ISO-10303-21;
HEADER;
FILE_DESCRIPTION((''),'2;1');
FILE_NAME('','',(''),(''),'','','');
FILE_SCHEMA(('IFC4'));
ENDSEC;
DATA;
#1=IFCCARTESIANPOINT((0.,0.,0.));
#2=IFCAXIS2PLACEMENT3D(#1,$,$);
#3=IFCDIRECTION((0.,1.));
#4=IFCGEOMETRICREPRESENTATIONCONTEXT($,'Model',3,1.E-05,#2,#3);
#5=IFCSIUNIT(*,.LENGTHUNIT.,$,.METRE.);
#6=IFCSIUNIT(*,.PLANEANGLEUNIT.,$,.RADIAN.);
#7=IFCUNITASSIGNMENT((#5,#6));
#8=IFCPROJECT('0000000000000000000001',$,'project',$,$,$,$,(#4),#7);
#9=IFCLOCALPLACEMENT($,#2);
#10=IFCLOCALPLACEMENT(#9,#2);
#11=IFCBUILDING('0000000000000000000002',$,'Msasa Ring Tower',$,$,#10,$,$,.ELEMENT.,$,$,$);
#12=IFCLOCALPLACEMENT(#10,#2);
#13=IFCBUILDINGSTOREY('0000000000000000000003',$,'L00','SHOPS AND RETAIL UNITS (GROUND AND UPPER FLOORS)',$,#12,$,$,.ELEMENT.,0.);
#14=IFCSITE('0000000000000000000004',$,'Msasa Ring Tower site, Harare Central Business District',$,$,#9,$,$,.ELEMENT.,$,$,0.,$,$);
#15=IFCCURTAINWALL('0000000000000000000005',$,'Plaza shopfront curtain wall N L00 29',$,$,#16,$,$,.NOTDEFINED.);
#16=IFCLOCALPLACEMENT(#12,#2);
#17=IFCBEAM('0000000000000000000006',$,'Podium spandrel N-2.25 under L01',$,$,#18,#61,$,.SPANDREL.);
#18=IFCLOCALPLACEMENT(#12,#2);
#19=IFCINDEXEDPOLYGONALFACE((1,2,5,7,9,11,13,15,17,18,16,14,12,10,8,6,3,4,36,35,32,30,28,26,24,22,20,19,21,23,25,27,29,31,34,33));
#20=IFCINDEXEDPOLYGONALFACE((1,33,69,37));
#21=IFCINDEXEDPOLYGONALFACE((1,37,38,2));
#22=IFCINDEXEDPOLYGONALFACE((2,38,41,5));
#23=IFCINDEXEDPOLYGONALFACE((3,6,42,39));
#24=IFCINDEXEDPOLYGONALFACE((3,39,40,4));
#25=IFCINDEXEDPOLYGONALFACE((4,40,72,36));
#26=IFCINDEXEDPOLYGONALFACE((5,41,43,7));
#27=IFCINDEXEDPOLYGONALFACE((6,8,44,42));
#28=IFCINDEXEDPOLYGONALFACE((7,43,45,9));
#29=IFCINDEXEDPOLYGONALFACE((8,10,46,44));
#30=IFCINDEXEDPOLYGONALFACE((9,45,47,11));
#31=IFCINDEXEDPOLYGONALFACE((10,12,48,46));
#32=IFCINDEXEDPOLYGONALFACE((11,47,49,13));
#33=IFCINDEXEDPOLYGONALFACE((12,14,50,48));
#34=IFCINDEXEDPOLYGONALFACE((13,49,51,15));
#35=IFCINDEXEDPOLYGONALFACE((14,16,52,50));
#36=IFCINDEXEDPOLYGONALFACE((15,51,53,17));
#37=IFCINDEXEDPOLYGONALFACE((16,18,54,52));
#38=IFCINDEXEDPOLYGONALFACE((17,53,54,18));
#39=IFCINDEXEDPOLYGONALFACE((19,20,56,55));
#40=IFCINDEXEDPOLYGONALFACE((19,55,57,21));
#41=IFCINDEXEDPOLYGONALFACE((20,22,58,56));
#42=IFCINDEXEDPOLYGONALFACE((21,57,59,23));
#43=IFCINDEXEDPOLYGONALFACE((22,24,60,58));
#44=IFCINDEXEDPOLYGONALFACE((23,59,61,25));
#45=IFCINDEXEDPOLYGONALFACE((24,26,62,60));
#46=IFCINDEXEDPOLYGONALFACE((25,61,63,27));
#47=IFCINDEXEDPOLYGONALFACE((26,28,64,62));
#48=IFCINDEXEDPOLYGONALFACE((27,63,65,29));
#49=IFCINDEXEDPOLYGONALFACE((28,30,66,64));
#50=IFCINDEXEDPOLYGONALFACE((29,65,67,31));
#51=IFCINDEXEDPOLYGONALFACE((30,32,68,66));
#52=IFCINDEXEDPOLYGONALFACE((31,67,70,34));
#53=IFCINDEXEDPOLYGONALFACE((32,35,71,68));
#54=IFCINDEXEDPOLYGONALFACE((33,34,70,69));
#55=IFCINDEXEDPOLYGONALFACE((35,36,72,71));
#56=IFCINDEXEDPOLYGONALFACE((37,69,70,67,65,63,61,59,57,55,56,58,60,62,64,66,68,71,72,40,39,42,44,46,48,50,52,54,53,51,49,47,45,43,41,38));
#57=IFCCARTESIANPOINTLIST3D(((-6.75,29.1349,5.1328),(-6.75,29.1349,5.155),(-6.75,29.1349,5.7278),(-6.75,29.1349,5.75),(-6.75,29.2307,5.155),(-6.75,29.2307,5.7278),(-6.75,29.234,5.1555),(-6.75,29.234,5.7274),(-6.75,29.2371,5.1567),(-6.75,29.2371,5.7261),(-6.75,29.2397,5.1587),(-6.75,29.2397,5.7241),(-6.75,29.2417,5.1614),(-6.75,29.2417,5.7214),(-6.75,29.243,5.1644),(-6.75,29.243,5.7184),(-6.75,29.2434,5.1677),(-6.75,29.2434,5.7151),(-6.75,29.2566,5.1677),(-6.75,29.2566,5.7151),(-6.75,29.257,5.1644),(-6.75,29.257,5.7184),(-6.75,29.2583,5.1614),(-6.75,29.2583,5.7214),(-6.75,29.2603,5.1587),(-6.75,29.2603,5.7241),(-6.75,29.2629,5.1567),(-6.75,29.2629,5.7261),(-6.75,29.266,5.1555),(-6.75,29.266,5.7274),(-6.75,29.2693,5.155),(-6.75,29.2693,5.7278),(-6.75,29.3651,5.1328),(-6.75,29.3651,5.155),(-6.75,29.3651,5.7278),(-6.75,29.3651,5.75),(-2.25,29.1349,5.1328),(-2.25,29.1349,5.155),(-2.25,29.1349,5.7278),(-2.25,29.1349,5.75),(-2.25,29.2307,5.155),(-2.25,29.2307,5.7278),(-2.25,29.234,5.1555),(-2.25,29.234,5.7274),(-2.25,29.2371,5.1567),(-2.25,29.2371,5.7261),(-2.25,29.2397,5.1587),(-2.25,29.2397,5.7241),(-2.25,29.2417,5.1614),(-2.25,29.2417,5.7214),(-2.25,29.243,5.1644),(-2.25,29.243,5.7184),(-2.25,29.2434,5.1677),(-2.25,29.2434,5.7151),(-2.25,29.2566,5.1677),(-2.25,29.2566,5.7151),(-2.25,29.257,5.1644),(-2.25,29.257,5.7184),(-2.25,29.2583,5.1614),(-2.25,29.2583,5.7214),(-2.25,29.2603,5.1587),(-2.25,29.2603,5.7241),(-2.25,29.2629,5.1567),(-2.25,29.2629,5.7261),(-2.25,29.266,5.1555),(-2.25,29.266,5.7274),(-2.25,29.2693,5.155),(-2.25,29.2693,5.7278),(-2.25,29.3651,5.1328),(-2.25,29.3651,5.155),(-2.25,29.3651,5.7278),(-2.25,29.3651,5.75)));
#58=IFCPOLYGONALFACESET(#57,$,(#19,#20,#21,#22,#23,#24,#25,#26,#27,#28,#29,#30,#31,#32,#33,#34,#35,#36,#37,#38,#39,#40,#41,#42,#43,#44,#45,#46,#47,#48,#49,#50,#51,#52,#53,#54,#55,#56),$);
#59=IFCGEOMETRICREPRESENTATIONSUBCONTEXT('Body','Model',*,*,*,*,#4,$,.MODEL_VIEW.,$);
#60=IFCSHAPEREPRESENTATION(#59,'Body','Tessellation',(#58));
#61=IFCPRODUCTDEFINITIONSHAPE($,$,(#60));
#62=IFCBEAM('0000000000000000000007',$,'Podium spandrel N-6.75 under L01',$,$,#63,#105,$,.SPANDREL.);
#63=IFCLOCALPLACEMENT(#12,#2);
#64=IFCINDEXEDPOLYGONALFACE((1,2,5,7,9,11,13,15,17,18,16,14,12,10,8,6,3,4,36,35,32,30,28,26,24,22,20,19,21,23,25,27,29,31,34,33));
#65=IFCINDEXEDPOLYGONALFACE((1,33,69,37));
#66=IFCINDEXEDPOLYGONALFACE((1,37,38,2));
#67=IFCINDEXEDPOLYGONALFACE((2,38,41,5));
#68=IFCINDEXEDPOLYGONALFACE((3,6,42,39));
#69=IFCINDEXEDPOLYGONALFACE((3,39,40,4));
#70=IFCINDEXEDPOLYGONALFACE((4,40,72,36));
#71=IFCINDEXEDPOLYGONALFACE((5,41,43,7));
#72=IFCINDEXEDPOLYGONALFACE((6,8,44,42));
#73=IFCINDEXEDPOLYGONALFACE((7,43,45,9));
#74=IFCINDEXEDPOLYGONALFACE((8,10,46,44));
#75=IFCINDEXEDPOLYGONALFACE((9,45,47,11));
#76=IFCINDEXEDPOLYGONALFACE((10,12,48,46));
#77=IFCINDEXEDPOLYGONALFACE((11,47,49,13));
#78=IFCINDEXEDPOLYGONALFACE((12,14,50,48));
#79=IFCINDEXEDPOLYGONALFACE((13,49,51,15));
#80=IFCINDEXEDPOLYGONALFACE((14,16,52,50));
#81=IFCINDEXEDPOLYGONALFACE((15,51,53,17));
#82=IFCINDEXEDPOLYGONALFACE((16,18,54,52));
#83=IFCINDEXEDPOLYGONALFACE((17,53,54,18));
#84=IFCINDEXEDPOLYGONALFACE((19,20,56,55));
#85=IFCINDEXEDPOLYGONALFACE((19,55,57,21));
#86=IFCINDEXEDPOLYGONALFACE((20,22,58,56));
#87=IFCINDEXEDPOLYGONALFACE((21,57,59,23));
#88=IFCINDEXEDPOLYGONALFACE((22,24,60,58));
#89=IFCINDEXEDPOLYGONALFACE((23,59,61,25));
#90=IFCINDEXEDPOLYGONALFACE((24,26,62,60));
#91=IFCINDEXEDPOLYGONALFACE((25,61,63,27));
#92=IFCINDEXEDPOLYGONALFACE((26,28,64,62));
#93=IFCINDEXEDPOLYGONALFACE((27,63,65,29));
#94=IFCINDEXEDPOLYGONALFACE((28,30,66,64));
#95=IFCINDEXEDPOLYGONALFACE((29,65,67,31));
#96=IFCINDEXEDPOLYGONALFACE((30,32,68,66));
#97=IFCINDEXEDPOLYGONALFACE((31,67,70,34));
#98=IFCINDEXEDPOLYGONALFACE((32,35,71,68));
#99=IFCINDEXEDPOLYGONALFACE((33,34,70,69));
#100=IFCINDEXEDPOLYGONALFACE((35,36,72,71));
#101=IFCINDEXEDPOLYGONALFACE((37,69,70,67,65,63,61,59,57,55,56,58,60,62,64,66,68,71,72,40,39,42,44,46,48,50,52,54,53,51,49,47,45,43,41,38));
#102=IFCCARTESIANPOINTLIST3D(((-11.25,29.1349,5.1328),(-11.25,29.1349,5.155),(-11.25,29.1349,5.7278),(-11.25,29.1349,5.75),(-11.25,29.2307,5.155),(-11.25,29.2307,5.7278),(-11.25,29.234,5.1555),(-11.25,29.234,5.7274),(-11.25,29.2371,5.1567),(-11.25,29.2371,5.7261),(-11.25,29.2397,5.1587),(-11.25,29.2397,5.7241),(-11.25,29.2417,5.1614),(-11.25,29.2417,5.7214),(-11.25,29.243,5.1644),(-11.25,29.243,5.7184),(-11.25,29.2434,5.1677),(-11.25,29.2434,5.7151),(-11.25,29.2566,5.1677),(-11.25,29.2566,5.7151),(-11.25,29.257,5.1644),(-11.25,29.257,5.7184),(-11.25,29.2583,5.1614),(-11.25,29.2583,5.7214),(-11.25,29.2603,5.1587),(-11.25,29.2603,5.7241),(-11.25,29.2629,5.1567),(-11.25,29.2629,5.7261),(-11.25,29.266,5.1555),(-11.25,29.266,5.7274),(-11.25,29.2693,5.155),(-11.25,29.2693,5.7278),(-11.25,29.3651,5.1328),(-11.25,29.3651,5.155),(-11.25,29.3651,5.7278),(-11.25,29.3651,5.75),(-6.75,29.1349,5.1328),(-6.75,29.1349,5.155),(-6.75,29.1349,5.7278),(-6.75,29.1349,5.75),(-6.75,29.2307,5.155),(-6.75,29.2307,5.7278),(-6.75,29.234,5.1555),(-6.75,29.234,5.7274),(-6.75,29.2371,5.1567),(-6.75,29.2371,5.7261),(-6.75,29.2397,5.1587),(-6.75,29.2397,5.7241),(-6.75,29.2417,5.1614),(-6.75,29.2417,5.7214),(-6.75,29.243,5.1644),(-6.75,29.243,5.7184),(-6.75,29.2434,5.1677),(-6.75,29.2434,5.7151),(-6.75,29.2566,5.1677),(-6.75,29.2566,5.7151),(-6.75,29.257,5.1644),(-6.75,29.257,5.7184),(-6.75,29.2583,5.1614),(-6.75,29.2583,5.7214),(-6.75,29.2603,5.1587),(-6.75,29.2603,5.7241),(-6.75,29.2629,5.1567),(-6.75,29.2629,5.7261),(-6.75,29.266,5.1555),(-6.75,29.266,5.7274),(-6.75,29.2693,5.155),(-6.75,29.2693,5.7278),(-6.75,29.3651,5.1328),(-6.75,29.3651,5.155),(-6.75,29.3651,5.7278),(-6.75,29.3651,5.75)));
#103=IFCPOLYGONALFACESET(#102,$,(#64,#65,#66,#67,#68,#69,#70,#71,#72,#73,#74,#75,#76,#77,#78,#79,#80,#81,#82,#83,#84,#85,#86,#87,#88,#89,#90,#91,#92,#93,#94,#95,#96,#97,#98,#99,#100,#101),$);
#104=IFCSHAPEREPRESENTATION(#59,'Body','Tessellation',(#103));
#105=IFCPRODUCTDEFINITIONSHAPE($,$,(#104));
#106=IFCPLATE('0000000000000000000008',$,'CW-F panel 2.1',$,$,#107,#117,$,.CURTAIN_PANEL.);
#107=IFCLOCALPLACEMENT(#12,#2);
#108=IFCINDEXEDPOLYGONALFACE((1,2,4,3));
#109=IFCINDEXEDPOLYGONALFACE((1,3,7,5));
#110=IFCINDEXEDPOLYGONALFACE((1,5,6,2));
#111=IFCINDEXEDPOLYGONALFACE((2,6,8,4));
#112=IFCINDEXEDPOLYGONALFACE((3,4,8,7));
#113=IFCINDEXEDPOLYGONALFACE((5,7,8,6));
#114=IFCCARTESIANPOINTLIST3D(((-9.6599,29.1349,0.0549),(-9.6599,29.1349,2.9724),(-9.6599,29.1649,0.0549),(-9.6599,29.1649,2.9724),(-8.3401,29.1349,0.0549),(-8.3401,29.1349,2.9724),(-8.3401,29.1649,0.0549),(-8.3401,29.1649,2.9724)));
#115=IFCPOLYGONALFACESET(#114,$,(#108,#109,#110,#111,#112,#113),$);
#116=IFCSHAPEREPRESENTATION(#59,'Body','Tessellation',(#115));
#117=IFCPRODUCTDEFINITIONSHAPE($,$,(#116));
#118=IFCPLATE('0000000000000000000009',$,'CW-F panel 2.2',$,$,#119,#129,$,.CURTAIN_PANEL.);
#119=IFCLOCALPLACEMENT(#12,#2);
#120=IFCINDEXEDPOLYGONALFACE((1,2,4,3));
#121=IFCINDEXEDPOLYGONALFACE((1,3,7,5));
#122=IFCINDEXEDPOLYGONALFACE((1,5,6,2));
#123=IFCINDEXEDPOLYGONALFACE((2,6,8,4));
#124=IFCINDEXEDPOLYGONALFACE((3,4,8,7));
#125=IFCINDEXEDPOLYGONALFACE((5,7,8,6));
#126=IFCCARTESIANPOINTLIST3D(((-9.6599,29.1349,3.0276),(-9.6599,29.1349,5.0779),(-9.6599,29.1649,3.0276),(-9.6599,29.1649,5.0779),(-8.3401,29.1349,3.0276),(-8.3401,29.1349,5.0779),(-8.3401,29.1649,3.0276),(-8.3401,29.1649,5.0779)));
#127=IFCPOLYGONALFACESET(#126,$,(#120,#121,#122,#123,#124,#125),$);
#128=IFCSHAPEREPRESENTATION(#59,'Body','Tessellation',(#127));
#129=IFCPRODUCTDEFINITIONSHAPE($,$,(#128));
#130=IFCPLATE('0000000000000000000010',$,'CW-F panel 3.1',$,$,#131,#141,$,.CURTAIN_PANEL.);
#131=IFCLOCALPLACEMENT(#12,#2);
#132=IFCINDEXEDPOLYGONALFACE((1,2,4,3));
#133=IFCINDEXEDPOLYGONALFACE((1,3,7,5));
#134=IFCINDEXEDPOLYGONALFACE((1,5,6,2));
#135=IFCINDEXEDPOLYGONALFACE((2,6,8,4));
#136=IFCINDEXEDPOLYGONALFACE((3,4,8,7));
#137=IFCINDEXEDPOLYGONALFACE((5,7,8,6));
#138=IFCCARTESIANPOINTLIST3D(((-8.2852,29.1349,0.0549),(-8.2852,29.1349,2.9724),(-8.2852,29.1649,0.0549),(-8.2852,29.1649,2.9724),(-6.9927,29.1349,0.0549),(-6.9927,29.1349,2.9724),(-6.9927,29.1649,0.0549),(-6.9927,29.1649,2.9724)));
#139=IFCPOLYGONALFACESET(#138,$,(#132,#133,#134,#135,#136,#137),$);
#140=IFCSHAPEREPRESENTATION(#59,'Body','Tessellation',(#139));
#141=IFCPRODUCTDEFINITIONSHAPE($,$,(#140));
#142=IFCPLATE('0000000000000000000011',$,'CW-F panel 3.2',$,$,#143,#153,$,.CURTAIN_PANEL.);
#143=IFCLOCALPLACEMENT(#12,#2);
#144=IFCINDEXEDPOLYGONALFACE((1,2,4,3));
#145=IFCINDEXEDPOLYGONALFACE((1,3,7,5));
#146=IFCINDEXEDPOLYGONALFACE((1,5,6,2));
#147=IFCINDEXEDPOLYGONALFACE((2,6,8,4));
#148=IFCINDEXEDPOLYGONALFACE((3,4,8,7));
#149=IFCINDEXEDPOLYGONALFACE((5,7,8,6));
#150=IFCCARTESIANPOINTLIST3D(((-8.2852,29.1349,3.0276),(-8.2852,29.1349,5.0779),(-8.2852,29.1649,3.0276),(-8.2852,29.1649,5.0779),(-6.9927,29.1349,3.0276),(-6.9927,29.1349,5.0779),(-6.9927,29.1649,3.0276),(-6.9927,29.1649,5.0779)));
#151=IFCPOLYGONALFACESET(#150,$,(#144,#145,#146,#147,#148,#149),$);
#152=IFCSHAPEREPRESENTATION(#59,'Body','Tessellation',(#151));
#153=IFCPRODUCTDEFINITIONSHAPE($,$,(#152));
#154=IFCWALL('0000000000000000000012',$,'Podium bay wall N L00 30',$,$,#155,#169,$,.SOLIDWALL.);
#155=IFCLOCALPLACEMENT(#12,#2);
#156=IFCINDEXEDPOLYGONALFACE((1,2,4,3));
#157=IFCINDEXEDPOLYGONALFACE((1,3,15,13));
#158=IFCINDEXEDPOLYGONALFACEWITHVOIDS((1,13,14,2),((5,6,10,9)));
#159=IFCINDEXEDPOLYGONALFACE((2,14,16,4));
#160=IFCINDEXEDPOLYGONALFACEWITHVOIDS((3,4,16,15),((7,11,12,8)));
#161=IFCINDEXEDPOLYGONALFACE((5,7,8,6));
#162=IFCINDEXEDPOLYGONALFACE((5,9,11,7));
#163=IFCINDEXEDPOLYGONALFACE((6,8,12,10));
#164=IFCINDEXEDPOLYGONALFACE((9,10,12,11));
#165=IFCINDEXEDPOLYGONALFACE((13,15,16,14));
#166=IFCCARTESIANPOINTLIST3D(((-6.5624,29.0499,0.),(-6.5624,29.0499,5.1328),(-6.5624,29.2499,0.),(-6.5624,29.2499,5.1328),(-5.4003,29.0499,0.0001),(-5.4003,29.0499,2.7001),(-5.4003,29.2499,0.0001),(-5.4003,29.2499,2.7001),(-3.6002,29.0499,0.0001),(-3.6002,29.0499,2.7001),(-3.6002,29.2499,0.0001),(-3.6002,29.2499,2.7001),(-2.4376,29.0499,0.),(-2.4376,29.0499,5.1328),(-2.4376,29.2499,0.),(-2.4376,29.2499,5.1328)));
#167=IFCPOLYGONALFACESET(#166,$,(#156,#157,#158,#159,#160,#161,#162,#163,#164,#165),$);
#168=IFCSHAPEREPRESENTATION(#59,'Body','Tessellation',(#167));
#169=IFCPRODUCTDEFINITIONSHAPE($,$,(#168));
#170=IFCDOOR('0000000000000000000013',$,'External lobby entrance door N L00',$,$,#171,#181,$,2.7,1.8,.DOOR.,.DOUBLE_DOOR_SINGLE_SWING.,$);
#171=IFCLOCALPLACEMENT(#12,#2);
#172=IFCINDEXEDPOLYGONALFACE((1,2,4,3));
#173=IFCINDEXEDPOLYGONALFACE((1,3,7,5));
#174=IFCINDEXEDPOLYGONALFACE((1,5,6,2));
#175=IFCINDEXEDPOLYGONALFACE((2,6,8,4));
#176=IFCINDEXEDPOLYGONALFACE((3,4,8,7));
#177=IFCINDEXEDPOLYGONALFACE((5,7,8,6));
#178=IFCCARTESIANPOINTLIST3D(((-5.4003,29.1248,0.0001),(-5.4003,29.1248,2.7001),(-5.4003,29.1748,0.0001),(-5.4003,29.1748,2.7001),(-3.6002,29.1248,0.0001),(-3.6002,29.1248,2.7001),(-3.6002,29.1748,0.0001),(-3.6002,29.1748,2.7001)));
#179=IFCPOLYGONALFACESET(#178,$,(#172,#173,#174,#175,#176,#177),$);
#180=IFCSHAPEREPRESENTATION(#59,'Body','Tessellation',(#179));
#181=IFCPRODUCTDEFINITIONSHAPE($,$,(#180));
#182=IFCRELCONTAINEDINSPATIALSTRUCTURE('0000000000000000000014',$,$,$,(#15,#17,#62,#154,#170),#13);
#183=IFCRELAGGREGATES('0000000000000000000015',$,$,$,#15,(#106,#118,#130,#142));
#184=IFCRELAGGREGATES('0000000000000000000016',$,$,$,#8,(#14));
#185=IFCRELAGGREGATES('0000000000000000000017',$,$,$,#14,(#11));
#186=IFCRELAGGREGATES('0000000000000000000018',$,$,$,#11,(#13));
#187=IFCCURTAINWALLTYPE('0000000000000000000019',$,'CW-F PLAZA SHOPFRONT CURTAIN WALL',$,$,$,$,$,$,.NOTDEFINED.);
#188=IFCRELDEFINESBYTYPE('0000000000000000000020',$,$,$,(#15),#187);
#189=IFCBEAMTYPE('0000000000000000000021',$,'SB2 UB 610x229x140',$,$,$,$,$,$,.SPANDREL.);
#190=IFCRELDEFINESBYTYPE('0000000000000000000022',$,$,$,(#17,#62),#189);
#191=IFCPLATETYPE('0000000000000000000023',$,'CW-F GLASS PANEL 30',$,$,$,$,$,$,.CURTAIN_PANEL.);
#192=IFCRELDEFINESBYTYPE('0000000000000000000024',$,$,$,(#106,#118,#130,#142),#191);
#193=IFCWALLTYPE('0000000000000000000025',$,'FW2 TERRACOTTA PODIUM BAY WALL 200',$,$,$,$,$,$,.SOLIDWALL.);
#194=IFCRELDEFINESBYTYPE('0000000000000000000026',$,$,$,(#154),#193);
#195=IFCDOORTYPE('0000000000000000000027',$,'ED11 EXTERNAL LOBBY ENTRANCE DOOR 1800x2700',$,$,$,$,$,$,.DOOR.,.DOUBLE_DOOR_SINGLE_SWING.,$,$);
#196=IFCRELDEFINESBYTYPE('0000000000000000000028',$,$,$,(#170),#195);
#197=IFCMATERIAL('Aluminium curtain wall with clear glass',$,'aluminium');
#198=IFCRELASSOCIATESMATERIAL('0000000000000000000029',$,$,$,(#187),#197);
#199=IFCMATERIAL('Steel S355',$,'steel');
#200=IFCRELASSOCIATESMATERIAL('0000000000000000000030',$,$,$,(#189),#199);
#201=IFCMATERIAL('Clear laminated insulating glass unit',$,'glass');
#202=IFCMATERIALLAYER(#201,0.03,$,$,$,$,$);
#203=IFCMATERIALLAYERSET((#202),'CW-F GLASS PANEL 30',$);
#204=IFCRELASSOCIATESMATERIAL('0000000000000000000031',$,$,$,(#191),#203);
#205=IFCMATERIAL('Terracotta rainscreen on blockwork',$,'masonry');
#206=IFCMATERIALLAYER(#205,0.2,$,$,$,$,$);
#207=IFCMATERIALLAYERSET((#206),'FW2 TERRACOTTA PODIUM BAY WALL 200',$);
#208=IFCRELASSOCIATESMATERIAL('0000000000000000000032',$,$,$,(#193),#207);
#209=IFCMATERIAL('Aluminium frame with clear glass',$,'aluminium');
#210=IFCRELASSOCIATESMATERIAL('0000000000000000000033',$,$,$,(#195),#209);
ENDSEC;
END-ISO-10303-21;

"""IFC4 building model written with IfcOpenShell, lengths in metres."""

from ifc_helpers import new_model, si_unit, direction, frame, frame_2d, origin, origin_2d, place, context, subcontext, project, spatial, rectangle, i_section, extrude, material, layer, layer_set, material_profile, profile_set, type_object, element, fill, aggregate, save


model = new_model("IFC4")

# Units and contexts
model_context = context("Model", 3, precision=1e-05, world=origin(), true_north=direction((0.0, 1.0)))
body_context = subcontext(model_context, "Body", "Model", "MODEL_VIEW")
ifc_project = project(units=[si_unit("LENGTHUNIT", "METRE"), si_unit("PLANEANGLEUNIT", "RADIAN")], contexts=[model_context])

# Site, building, storey
site_placement = place(None, origin())
site = spatial("IfcSite", under=ifc_project, at=site_placement, Name="Msasa Ring Tower site, Harare Central Business District", CompositionType="ELEMENT", RefElevation=0.0)
building_placement = place(site_placement, origin())
building = spatial("IfcBuilding", under=site, at=building_placement, Name="Msasa Ring Tower", CompositionType="ELEMENT")
storey_placement = place(building_placement, origin())
storey = spatial("IfcBuildingStorey", under=building, at=storey_placement, Name="L00", Description="SHOPS AND RETAIL UNITS (GROUND AND UPPER FLOORS)", CompositionType="ELEMENT", Elevation=0.0)

# Curtain wall
ifc_material_1 = material(Name="Aluminium curtain wall with clear glass", Category="aluminium")
curtain_wall_type = type_object("IfcCurtainWallType", Name="CW-F PLAZA SHOPFRONT CURTAIN WALL", PredefinedType="NOTDEFINED", material=ifc_material_1)
curtain_wall_placement = place(storey_placement, origin())
curtain_wall = element("IfcCurtainWall", 1, at=curtain_wall_placement, inside=storey, type_object=curtain_wall_type, Name="Plaza shopfront curtain wall N L00 29", PredefinedType="NOTDEFINED")

# Beams
ifc_material_2 = material(Name="Steel S355", Category="steel")
ifc_material_profile_1 = material_profile(ifc_material_2, i_section(OverallWidth=0.2302, OverallDepth=0.6172, WebThickness=0.0132, FlangeThickness=0.0222, FilletRadius=0.0127, at=origin_2d()), Name="UB 610x229x140")
ifc_profile_set_1 = profile_set([ifc_material_profile_1], Name="Steel S355")
beam_type_1 = type_object("IfcBeamType", Name="SB2 UB 610x229x140", PredefinedType="SPANDREL", material=ifc_profile_set_1)
for number, where, z_axis, x_axis, name in (
    (2, (-2.25, 29.25, 5.4414), (-1.0, 0.0, 0.0), (0.0, -1.0, 0.0), "Podium spandrel N-2.25 under L01"),
    (3, (-6.75, 29.25, 5.4414), (-1.0, 0.0, 0.0), (0.0, -1.0, 0.0), "Podium spandrel N-6.75 under L01"),
):
    element("IfcBeam", number, at=place(storey_placement, frame(where, z_axis=z_axis, x_axis=x_axis)), inside=storey, type_object=beam_type_1, Name=name, PredefinedType="SPANDREL", context=body_context, shape_type="SweptSolid", body=[
        extrude(i_section(OverallWidth=0.2302, OverallDepth=0.6172, WebThickness=0.0132, FlangeThickness=0.0222, FilletRadius=0.0127, at=origin_2d()), origin(), (0.0, 0.0, 1.0), 4.5),
    ])

# Plates
ifc_material_3 = material(Name="Clear laminated insulating glass unit", Category="glass")
ifc_layer_1 = layer(ifc_material_3, 0.03)
ifc_layer_set_1 = layer_set([ifc_layer_1], Name="CW-F GLASS PANEL 30")
plate_type = type_object("IfcPlateType", Name="CW-F GLASS PANEL 30", PredefinedType="CURTAIN_PANEL", material=ifc_layer_set_1)
plate_1_placement = place(storey_placement, frame((-9.0, 29.1499, 0.0549), z_axis=(0.0, 0.0, 1.0), x_axis=(1.0, 0.0, 0.0)))
plate_1 = element("IfcPlate", 4, at=plate_1_placement, type_object=plate_type, Name="CW-F panel 2.1", PredefinedType="CURTAIN_PANEL", context=body_context, shape_type="SweptSolid", body=[
    extrude(rectangle(XDim=1.3198, YDim=0.03, at=origin_2d()), origin(), (0.0, 0.0, 1.0), 2.9175),
])
plate_2_placement = place(storey_placement, frame((-9.0, 29.1499, 3.0276), z_axis=(0.0, 0.0, 1.0), x_axis=(1.0, 0.0, 0.0)))
plate_2 = element("IfcPlate", 5, at=plate_2_placement, type_object=plate_type, Name="CW-F panel 2.2", PredefinedType="CURTAIN_PANEL", context=body_context, shape_type="SweptSolid", body=[
    extrude(rectangle(XDim=1.3198, YDim=0.03, at=origin_2d()), origin(), (0.0, 0.0, 1.0), 2.0503),
])
plate_3_placement = place(storey_placement, frame((-7.6389, 29.1499, 0.0549), z_axis=(0.0, 0.0, 1.0), x_axis=(1.0, 0.0, 0.0)))
plate_3 = element("IfcPlate", 6, at=plate_3_placement, type_object=plate_type, Name="CW-F panel 3.1", PredefinedType="CURTAIN_PANEL", context=body_context, shape_type="SweptSolid", body=[
    extrude(rectangle(XDim=1.2925, YDim=0.03, at=origin_2d()), origin(), (0.0, 0.0, 1.0), 2.9175),
])
plate_4_placement = place(storey_placement, frame((-7.6389, 29.1499, 3.0276), z_axis=(0.0, 0.0, 1.0), x_axis=(1.0, 0.0, 0.0)))
plate_4 = element("IfcPlate", 7, at=plate_4_placement, type_object=plate_type, Name="CW-F panel 3.2", PredefinedType="CURTAIN_PANEL", context=body_context, shape_type="SweptSolid", body=[
    extrude(rectangle(XDim=1.2925, YDim=0.03, at=origin_2d()), origin(), (0.0, 0.0, 1.0), 2.0503),
])
aggregate(curtain_wall, [plate_1, plate_2, plate_3, plate_4])

# Wall, opening, door
ifc_material_4 = material(Name="Terracotta rainscreen on blockwork", Category="masonry")
ifc_layer_2 = layer(ifc_material_4, 0.2)
ifc_layer_set_2 = layer_set([ifc_layer_2], Name="FW2 TERRACOTTA PODIUM BAY WALL 200")
wall_type = type_object("IfcWallType", Name="FW2 TERRACOTTA PODIUM BAY WALL 200", PredefinedType="SOLIDWALL", material=ifc_layer_set_2)
wall_1_placement = place(storey_placement, frame((-6.5625, 29.1499, 0.0), z_axis=(0.0, 0.0, 1.0), x_axis=(1.0, 0.0, 0.0)))
wall_1 = element("IfcWall", 8, at=wall_1_placement, inside=storey, type_object=wall_type, Name="Podium bay wall N L00 30", PredefinedType="SOLIDWALL", context=body_context, shape_type="SweptSolid", body=[
    extrude(rectangle(XDim=4.1248, YDim=0.2, at=frame_2d((2.0625, 0.0))), origin(), (0.0, 0.0, 1.0), 5.1328),
])
opening_1_placement = place(wall_1_placement, frame((1.1624, 0.0, 0.0)))
opening_1 = element("IfcOpeningElement", 9, at=opening_1_placement, cuts=wall_1, PredefinedType="OPENING", context=body_context, shape_type="SweptSolid", body=[
    extrude(rectangle(XDim=1.8, YDim=2.7, at=frame_2d((0.8999, 1.3501))), frame((0.0, 0.1099, 0.0), z_axis=(0.0, -1.0, 0.0), x_axis=(1.0, 0.0, 0.0)), (0.0, 0.0, 1.0), 0.22),
])
ifc_material_5 = material(Name="Aluminium frame with clear glass", Category="aluminium")
door_type_1 = type_object("IfcDoorType", Name="ED11 EXTERNAL LOBBY ENTRANCE DOOR 1800x2700", OperationType="DOUBLE_DOOR_SINGLE_SWING", PredefinedType="DOOR", material=ifc_material_5)
door_1_placement = place(opening_1_placement, origin())
door_1 = element("IfcDoor", 10, at=door_1_placement, inside=storey, type_object=door_type_1, Name="External lobby entrance door N L00", OperationType="DOUBLE_DOOR_SINGLE_SWING", OverallHeight=2.7, OverallWidth=1.8, PredefinedType="DOOR", context=body_context, shape_type="SweptSolid", body=[
    extrude(rectangle(XDim=1.8, YDim=2.7, at=frame_2d((0.8999, 1.3501))), frame((0.0, 0.0249, 0.0), z_axis=(0.0, -1.0, 0.0), x_axis=(1.0, 0.0, 0.0)), (0.0, 0.0, 1.0), 0.05),
])
fill(opening_1, door_1)

save(model, "model.ifc")
